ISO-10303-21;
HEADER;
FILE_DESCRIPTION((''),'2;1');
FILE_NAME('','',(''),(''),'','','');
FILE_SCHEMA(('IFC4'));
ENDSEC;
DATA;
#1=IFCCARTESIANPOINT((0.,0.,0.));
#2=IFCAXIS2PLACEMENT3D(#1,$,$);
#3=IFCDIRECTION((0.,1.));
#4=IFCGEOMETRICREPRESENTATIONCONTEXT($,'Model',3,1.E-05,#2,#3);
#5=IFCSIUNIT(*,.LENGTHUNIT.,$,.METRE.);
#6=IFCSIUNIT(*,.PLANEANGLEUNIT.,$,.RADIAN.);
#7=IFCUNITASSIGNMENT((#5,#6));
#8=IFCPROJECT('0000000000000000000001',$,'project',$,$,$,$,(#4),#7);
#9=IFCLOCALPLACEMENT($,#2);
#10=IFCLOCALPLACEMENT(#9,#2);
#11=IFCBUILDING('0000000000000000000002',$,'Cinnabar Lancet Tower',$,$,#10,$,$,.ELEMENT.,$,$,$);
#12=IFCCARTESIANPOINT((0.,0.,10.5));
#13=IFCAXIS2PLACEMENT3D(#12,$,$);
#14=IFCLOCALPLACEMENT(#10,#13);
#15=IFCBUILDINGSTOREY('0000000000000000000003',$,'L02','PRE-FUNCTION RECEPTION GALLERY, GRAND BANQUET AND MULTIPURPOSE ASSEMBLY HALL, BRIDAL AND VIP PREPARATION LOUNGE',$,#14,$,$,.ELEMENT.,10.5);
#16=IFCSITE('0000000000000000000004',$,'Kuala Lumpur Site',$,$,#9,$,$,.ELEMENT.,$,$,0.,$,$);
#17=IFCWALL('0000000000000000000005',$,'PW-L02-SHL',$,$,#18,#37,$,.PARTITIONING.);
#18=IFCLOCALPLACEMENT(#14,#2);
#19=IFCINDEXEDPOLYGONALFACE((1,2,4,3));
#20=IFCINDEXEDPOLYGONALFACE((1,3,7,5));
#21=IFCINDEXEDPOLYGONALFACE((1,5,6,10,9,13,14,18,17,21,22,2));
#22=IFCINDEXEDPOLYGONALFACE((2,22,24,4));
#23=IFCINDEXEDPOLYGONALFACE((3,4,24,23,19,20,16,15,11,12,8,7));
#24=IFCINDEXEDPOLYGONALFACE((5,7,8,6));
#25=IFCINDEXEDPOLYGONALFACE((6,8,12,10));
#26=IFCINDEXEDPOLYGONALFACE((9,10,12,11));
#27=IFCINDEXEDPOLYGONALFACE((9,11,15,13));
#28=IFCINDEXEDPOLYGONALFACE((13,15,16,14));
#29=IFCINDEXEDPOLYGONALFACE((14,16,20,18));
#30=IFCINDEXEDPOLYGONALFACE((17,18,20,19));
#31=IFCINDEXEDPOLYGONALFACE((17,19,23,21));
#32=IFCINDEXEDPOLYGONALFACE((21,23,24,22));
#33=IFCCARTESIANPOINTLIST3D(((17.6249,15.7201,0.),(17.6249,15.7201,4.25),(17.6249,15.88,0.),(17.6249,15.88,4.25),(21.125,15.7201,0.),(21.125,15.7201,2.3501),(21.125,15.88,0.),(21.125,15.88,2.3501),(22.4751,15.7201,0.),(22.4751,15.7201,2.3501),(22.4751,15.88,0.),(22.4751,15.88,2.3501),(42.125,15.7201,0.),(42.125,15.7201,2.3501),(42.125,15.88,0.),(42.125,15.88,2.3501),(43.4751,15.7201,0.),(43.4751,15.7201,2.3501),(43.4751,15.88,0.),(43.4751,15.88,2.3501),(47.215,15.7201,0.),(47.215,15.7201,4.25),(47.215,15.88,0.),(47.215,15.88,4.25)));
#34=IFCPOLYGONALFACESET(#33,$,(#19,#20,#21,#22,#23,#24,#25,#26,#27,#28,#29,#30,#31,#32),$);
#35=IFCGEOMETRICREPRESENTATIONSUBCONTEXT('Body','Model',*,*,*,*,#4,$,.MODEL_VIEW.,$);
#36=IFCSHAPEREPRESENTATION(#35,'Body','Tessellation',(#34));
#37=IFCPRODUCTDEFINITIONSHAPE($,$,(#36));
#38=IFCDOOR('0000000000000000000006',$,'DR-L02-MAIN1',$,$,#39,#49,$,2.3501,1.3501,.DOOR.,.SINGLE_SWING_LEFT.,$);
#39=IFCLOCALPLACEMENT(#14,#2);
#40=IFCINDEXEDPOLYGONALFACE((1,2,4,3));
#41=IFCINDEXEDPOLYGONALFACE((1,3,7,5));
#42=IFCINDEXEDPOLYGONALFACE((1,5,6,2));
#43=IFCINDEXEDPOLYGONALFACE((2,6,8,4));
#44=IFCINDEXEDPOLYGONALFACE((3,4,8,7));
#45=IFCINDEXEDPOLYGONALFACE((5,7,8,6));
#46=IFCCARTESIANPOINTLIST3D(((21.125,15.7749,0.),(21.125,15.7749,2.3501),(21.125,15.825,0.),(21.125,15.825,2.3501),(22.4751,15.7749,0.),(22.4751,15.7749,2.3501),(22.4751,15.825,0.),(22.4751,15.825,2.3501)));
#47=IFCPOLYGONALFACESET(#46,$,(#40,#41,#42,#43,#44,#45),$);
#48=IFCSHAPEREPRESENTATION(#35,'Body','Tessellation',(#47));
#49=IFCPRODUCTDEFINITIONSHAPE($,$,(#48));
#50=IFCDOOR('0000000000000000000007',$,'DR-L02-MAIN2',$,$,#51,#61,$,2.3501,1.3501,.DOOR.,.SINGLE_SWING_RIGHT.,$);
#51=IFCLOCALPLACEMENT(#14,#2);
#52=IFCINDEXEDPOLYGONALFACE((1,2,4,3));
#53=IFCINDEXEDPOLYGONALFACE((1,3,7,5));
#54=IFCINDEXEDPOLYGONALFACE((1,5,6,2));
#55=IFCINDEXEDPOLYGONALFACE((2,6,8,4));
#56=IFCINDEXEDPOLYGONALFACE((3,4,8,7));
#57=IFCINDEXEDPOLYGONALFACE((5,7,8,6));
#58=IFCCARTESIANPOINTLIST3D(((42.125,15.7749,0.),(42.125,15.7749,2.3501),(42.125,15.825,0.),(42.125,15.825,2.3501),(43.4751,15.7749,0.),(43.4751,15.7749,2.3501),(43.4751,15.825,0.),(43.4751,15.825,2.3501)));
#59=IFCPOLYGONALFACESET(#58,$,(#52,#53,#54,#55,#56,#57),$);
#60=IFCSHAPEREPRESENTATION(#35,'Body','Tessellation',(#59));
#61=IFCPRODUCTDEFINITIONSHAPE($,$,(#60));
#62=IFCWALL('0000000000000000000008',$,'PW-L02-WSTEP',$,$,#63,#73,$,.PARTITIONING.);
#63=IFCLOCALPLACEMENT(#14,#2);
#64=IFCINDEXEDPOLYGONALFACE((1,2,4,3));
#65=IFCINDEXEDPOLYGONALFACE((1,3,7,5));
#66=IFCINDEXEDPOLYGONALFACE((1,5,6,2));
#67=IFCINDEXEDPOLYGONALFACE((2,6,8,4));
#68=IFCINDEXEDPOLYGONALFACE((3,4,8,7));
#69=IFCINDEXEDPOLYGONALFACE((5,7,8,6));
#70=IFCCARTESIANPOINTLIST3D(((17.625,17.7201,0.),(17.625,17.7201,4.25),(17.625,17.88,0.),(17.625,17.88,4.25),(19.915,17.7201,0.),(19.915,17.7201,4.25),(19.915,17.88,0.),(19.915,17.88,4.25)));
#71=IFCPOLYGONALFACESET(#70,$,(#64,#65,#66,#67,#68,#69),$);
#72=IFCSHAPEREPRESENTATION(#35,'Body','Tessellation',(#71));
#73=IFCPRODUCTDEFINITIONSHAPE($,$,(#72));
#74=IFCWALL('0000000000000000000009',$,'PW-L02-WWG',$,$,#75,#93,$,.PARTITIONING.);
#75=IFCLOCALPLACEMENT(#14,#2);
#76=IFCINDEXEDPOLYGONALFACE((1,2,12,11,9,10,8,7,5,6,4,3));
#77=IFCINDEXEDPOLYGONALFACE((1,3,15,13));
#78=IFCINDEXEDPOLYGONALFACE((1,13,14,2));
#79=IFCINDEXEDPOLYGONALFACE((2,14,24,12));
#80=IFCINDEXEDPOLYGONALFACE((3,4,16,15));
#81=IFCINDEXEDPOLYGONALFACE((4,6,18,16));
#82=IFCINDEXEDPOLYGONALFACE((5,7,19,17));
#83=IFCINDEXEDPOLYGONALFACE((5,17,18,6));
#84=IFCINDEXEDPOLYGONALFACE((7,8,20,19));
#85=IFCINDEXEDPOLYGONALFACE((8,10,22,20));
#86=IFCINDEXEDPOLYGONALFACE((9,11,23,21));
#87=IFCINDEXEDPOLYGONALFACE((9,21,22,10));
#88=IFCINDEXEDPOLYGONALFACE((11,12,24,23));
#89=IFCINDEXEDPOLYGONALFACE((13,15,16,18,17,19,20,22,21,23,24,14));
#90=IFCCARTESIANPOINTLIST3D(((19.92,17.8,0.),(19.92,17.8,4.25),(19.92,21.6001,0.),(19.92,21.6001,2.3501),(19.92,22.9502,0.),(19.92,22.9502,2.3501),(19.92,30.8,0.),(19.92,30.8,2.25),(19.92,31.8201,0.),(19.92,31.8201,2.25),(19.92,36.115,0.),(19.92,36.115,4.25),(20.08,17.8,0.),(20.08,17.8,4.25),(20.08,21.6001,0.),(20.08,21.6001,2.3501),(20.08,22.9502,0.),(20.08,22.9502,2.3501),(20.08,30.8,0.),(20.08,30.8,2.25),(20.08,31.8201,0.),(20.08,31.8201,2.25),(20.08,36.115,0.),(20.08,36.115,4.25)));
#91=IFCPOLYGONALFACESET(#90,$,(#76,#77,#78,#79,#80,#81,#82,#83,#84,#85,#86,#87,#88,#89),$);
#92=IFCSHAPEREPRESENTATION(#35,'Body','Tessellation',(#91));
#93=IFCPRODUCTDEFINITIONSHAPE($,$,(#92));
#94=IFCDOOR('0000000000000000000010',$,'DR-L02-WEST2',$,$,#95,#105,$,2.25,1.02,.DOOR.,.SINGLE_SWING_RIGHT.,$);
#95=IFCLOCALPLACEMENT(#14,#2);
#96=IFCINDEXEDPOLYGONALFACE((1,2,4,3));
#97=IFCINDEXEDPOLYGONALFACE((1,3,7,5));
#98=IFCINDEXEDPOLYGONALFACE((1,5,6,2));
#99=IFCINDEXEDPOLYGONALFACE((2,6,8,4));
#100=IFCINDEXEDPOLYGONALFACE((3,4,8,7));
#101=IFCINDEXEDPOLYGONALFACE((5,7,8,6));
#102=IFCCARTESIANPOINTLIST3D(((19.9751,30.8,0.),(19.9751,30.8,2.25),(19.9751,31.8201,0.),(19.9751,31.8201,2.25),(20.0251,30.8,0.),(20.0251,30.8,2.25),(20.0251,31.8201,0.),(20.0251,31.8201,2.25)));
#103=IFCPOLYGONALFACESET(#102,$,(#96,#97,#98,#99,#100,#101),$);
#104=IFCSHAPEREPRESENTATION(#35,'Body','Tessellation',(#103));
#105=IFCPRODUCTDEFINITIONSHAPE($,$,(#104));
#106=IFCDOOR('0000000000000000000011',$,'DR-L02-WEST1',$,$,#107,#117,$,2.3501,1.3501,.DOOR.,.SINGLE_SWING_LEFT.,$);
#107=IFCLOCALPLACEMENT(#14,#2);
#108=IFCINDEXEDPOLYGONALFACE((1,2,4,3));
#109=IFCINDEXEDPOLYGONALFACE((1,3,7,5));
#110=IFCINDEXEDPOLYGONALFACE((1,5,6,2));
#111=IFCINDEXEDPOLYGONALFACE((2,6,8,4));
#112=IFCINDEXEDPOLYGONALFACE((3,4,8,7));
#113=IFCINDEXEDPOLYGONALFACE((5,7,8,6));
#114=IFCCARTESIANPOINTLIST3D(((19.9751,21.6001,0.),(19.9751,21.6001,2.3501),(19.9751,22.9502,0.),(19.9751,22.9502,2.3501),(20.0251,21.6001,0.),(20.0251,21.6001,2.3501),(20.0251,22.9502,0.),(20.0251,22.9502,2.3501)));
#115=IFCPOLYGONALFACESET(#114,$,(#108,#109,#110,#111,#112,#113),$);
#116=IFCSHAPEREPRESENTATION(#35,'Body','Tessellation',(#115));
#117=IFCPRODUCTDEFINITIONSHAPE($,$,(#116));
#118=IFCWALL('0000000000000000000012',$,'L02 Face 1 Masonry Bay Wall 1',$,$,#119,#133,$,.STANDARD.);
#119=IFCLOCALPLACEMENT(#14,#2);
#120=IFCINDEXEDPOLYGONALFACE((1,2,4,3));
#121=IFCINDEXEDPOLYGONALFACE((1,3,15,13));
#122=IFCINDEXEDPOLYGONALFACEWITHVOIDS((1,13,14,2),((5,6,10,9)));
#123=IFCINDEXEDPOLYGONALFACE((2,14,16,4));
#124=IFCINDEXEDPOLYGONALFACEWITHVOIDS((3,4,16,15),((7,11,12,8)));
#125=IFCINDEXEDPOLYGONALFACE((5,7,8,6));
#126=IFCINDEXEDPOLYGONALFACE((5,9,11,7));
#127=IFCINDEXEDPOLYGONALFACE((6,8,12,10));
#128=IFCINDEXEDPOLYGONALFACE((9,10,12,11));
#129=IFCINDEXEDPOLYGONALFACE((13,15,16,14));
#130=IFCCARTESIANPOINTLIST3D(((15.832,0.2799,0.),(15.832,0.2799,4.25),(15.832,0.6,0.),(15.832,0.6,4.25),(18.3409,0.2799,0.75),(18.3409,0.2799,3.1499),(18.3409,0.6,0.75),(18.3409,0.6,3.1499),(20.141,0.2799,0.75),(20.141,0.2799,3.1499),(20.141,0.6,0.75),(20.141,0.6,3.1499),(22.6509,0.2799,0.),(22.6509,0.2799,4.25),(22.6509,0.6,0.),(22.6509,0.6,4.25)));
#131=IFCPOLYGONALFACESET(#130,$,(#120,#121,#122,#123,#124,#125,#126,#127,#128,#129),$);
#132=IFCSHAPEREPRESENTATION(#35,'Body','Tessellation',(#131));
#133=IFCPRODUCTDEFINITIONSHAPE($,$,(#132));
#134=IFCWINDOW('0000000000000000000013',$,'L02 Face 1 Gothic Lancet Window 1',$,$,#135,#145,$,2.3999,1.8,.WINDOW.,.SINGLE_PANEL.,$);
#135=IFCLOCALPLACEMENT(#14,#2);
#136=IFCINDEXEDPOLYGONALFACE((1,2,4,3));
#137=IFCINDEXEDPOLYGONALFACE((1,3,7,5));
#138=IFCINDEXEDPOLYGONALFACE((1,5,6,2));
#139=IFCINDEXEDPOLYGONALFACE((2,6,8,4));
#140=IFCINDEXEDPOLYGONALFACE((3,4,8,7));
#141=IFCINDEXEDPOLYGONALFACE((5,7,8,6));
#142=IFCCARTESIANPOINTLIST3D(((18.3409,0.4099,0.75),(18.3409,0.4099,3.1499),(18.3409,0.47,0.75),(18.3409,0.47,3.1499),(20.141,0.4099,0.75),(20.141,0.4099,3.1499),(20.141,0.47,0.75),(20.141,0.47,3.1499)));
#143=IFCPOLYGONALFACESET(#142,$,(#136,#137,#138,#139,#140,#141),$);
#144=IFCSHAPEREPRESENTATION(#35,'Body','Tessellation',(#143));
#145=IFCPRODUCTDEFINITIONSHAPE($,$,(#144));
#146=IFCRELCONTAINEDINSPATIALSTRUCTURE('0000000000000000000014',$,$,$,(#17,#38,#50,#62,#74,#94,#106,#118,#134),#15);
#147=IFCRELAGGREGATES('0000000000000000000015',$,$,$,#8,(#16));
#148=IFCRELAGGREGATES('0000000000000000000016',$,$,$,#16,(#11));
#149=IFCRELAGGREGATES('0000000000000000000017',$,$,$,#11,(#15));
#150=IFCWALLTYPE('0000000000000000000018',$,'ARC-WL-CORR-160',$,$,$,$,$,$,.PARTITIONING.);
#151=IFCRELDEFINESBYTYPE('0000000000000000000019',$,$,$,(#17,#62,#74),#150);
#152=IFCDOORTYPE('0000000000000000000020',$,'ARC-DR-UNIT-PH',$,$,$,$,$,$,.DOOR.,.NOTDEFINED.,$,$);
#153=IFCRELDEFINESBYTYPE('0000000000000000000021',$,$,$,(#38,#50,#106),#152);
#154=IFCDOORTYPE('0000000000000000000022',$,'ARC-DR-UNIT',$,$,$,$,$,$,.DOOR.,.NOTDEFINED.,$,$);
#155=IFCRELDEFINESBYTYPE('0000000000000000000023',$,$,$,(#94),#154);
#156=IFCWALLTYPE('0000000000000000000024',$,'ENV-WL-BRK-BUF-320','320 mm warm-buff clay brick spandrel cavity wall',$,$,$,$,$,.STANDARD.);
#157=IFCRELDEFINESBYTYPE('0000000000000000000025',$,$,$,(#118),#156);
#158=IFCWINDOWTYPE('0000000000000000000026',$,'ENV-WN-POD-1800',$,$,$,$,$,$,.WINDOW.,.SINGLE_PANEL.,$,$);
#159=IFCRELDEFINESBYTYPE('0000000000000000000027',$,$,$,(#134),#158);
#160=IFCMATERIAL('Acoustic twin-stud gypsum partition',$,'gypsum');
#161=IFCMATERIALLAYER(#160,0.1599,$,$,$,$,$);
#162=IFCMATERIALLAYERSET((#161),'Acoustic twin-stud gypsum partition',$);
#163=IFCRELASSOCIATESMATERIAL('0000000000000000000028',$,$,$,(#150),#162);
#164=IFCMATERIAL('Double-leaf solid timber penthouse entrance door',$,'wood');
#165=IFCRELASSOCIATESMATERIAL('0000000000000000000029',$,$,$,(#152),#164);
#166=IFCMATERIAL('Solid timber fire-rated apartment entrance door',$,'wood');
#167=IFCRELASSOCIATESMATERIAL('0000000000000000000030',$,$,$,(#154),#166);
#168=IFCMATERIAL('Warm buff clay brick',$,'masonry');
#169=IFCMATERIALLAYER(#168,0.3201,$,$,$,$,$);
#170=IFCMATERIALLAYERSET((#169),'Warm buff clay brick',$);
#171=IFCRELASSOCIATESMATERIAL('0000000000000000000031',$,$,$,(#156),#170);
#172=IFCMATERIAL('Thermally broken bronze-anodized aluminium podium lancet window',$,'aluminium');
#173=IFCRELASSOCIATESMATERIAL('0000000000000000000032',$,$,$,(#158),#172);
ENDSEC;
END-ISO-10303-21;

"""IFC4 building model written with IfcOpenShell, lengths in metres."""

from ifc_helpers import new_model, si_unit, direction, frame, frame_2d, origin, place, context, subcontext, project, spatial, rectangle, extrude, material, layer, layer_set, type_object, element, fill, save


model = new_model("IFC4")

# Units and contexts
model_context = context("Model", 3, precision=1e-05, world=origin(), true_north=direction((0.0, 1.0)))
body_context = subcontext(model_context, "Body", "Model", "MODEL_VIEW")
ifc_project = project(units=[si_unit("LENGTHUNIT", "METRE"), si_unit("PLANEANGLEUNIT", "RADIAN")], contexts=[model_context])

# Site, building, storey
site_placement = place(None, origin())
site = spatial("IfcSite", under=ifc_project, at=site_placement, Name="Kuala Lumpur Site", CompositionType="ELEMENT", RefElevation=0.0)
building_placement = place(site_placement, origin())
building = spatial("IfcBuilding", under=site, at=building_placement, Name="Cinnabar Lancet Tower", CompositionType="ELEMENT")
storey_placement = place(building_placement, frame((0.0, 0.0, 10.5)))
storey = spatial("IfcBuildingStorey", under=building, at=storey_placement, Name="L02", Description="PRE-FUNCTION RECEPTION GALLERY, GRAND BANQUET AND MULTIPURPOSE ASSEMBLY HALL, BRIDAL AND VIP PREPARATION LOUNGE", CompositionType="ELEMENT", Elevation=10.5)

# Wall, openings, doors
ifc_material_1 = material(Name="Acoustic twin-stud gypsum partition", Category="gypsum")
ifc_layer_1 = layer(ifc_material_1, 0.1599)
ifc_layer_set_1 = layer_set([ifc_layer_1], Name="Acoustic twin-stud gypsum partition")
wall_type_1 = type_object("IfcWallType", Name="ARC-WL-CORR-160", PredefinedType="PARTITIONING", material=ifc_layer_set_1)
wall_1_placement = place(storey_placement, frame((17.625, 15.8, 0.0), z_axis=(0.0, 0.0, 1.0), x_axis=(1.0, 0.0, 0.0)))
wall_1 = element("IfcWall", 1, at=wall_1_placement, inside=storey, type_object=wall_type_1, Name="PW-L02-SHL", PredefinedType="PARTITIONING", context=body_context, shape_type="SweptSolid", body=[
    extrude(rectangle(XDim=29.5901, YDim=0.1599, at=frame_2d((14.7949, 0.0))), origin(), (0.0, 0.0, 1.0), 4.25),
])
opening_1_placement = place(wall_1_placement, frame((3.5, 0.0, 0.0)))
opening_1 = element("IfcOpeningElement", 2, at=opening_1_placement, cuts=wall_1, PredefinedType="OPENING", context=body_context, shape_type="SweptSolid", body=[
    extrude(rectangle(XDim=1.3501, YDim=2.3501, at=frame_2d((0.675, 1.175))), frame((0.0, 0.0898, 0.0), z_axis=(0.0, -1.0, 0.0), x_axis=(1.0, 0.0, 0.0)), (0.0, 0.0, 1.0), 0.1799),
])
opening_2_placement = place(wall_1_placement, frame((24.5, 0.0, 0.0)))
opening_2 = element("IfcOpeningElement", 3, at=opening_2_placement, cuts=wall_1, PredefinedType="OPENING", context=body_context, shape_type="SweptSolid", body=[
    extrude(rectangle(XDim=1.3501, YDim=2.3501, at=frame_2d((0.675, 1.175))), frame((0.0, 0.0898, 0.0), z_axis=(0.0, -1.0, 0.0), x_axis=(1.0, 0.0, 0.0)), (0.0, 0.0, 1.0), 0.1799),
])
ifc_material_2 = material(Name="Double-leaf solid timber penthouse entrance door", Category="wood")
door_type_1 = type_object("IfcDoorType", Name="ARC-DR-UNIT-PH", OperationType="NOTDEFINED", PredefinedType="DOOR", material=ifc_material_2)
door_1_placement = place(opening_1_placement, origin())
door_1 = element("IfcDoor", 4, at=door_1_placement, inside=storey, type_object=door_type_1, Name="DR-L02-MAIN1", OperationType="SINGLE_SWING_LEFT", OverallHeight=2.3501, OverallWidth=1.3501, PredefinedType="DOOR", context=body_context, shape_type="SweptSolid", body=[
    extrude(rectangle(XDim=1.3501, YDim=2.3501, at=frame_2d((0.675, 1.175))), frame((0.0, 0.0249, 0.0), z_axis=(0.0, -1.0, 0.0), x_axis=(1.0, 0.0, 0.0)), (0.0, 0.0, 1.0), 0.05),
])
fill(opening_1, door_1)
door_2_placement = place(opening_2_placement, origin())
door_2 = element("IfcDoor", 5, at=door_2_placement, inside=storey, type_object=door_type_1, Name="DR-L02-MAIN2", OperationType="SINGLE_SWING_RIGHT", OverallHeight=2.3501, OverallWidth=1.3501, PredefinedType="DOOR", context=body_context, shape_type="SweptSolid", body=[
    extrude(rectangle(XDim=1.3501, YDim=2.3501, at=frame_2d((0.675, 1.175))), frame((0.0, 0.0249, 0.0), z_axis=(0.0, -1.0, 0.0), x_axis=(1.0, 0.0, 0.0)), (0.0, 0.0, 1.0), 0.05),
])
fill(opening_2, door_2)

# Wall
wall_2_placement = place(storey_placement, frame((17.625, 17.8, 0.0), z_axis=(0.0, 0.0, 1.0), x_axis=(1.0, 0.0, 0.0)))
element("IfcWall", 6, at=wall_2_placement, inside=storey, type_object=wall_type_1, Name="PW-L02-WSTEP", PredefinedType="PARTITIONING", context=body_context, shape_type="SweptSolid", body=[
    extrude(rectangle(XDim=2.29, YDim=0.1599, at=frame_2d((1.145, 0.0))), origin(), (0.0, 0.0, 1.0), 4.25),
])

# Wall, openings, doors
wall_3_placement = place(storey_placement, frame((20.0, 17.8, 0.0), z_axis=(0.0, 0.0, 1.0), x_axis=(0.0, 1.0, 0.0)))
wall_3 = element("IfcWall", 7, at=wall_3_placement, inside=storey, type_object=wall_type_1, Name="PW-L02-WWG", PredefinedType="PARTITIONING", context=body_context, shape_type="SweptSolid", body=[
    extrude(rectangle(XDim=18.3149, YDim=0.1599, at=frame_2d((9.1575, 0.0))), origin(), (0.0, 0.0, 1.0), 4.25),
])
opening_3_placement = place(wall_3_placement, frame((3.8, 0.0, 0.0)))
opening_3 = element("IfcOpeningElement", 8, at=opening_3_placement, cuts=wall_3, PredefinedType="OPENING", context=body_context, shape_type="SweptSolid", body=[
    extrude(rectangle(XDim=1.3501, YDim=2.3501, at=frame_2d((0.675, 1.175))), frame((0.0, 0.0898, 0.0), z_axis=(0.0, -1.0, 0.0), x_axis=(1.0, 0.0, 0.0)), (0.0, 0.0, 1.0), 0.1799),
])
opening_4_placement = place(wall_3_placement, frame((13.0, 0.0, 0.0)))
opening_4 = element("IfcOpeningElement", 9, at=opening_4_placement, cuts=wall_3, PredefinedType="OPENING", context=body_context, shape_type="SweptSolid", body=[
    extrude(rectangle(XDim=1.02, YDim=2.25, at=frame_2d((0.51, 1.125))), frame((0.0, 0.0898, 0.0), z_axis=(0.0, -1.0, 0.0), x_axis=(1.0, 0.0, 0.0)), (0.0, 0.0, 1.0), 0.1799),
])
ifc_material_3 = material(Name="Solid timber fire-rated apartment entrance door", Category="wood")
door_type_2 = type_object("IfcDoorType", Name="ARC-DR-UNIT", OperationType="NOTDEFINED", PredefinedType="DOOR", material=ifc_material_3)
door_3_placement = place(opening_4_placement, origin())
door_3 = element("IfcDoor", 10, at=door_3_placement, inside=storey, type_object=door_type_2, Name="DR-L02-WEST2", OperationType="SINGLE_SWING_RIGHT", OverallHeight=2.25, OverallWidth=1.02, PredefinedType="DOOR", context=body_context, shape_type="SweptSolid", body=[
    extrude(rectangle(XDim=1.02, YDim=2.25, at=frame_2d((0.51, 1.125))), frame((0.0, 0.0249, 0.0), z_axis=(0.0, -1.0, 0.0), x_axis=(1.0, 0.0, 0.0)), (0.0, 0.0, 1.0), 0.05),
])
fill(opening_4, door_3)
door_4_placement = place(opening_3_placement, origin())
door_4 = element("IfcDoor", 11, at=door_4_placement, inside=storey, type_object=door_type_1, Name="DR-L02-WEST1", OperationType="SINGLE_SWING_LEFT", OverallHeight=2.3501, OverallWidth=1.3501, PredefinedType="DOOR", context=body_context, shape_type="SweptSolid", body=[
    extrude(rectangle(XDim=1.3501, YDim=2.3501, at=frame_2d((0.675, 1.175))), frame((0.0, 0.0249, 0.0), z_axis=(0.0, -1.0, 0.0), x_axis=(1.0, 0.0, 0.0)), (0.0, 0.0, 1.0), 0.05),
])
fill(opening_3, door_4)

# Wall, opening, window
ifc_material_4 = material(Name="Warm buff clay brick", Category="masonry")
ifc_layer_2 = layer(ifc_material_4, 0.3201)
ifc_layer_set_2 = layer_set([ifc_layer_2], Name="Warm buff clay brick")
wall_type_2 = type_object("IfcWallType", Name="ENV-WL-BRK-BUF-320", Description="320 mm warm-buff clay brick spandrel cavity wall", PredefinedType="STANDARD", material=ifc_layer_set_2)
wall_4_placement = place(storey_placement, frame((15.832, 0.4399, 0.0), z_axis=(0.0, 0.0, 1.0), x_axis=(1.0, 0.0, 0.0)))
wall_4 = element("IfcWall", 12, at=wall_4_placement, inside=storey, type_object=wall_type_2, Name="L02 Face 1 Masonry Bay Wall 1", PredefinedType="STANDARD", context=body_context, shape_type="SweptSolid", body=[
    extrude(rectangle(XDim=6.8188, YDim=0.3201, at=frame_2d((3.4094, 0.0))), origin(), (0.0, 0.0, 1.0), 4.25),
])
opening_5_placement = place(wall_4_placement, frame((2.509, 0.0, 0.75)))
opening_5 = element("IfcOpeningElement", 13, at=opening_5_placement, cuts=wall_4, PredefinedType="OPENING", context=body_context, shape_type="SweptSolid", body=[
    extrude(rectangle(XDim=1.8, YDim=2.3999, at=frame_2d((0.8999, 1.2))), frame((0.0, 0.1699, 0.0), z_axis=(0.0, -1.0, 0.0), x_axis=(1.0, 0.0, 0.0)), (0.0, 0.0, 1.0), 0.3401),
])
ifc_material_5 = material(Name="Thermally broken bronze-anodized aluminium podium lancet window", Category="aluminium")
window_type = type_object("IfcWindowType", Name="ENV-WN-POD-1800", PartitioningType="SINGLE_PANEL", PredefinedType="WINDOW", material=ifc_material_5)
window_placement = place(opening_5_placement, origin())
window = element("IfcWindow", 14, at=window_placement, inside=storey, type_object=window_type, Name="L02 Face 1 Gothic Lancet Window 1", OverallHeight=2.3999, OverallWidth=1.8, PartitioningType="SINGLE_PANEL", PredefinedType="WINDOW", context=body_context, shape_type="SweptSolid", body=[
    extrude(rectangle(XDim=1.8, YDim=2.3999, at=frame_2d((0.8999, 1.2))), frame((0.0, 0.03, 0.0), z_axis=(0.0, -1.0, 0.0), x_axis=(1.0, 0.0, 0.0)), (0.0, 0.0, 1.0), 0.0601),
])
fill(opening_5, window)

save(model, "model.ifc")
